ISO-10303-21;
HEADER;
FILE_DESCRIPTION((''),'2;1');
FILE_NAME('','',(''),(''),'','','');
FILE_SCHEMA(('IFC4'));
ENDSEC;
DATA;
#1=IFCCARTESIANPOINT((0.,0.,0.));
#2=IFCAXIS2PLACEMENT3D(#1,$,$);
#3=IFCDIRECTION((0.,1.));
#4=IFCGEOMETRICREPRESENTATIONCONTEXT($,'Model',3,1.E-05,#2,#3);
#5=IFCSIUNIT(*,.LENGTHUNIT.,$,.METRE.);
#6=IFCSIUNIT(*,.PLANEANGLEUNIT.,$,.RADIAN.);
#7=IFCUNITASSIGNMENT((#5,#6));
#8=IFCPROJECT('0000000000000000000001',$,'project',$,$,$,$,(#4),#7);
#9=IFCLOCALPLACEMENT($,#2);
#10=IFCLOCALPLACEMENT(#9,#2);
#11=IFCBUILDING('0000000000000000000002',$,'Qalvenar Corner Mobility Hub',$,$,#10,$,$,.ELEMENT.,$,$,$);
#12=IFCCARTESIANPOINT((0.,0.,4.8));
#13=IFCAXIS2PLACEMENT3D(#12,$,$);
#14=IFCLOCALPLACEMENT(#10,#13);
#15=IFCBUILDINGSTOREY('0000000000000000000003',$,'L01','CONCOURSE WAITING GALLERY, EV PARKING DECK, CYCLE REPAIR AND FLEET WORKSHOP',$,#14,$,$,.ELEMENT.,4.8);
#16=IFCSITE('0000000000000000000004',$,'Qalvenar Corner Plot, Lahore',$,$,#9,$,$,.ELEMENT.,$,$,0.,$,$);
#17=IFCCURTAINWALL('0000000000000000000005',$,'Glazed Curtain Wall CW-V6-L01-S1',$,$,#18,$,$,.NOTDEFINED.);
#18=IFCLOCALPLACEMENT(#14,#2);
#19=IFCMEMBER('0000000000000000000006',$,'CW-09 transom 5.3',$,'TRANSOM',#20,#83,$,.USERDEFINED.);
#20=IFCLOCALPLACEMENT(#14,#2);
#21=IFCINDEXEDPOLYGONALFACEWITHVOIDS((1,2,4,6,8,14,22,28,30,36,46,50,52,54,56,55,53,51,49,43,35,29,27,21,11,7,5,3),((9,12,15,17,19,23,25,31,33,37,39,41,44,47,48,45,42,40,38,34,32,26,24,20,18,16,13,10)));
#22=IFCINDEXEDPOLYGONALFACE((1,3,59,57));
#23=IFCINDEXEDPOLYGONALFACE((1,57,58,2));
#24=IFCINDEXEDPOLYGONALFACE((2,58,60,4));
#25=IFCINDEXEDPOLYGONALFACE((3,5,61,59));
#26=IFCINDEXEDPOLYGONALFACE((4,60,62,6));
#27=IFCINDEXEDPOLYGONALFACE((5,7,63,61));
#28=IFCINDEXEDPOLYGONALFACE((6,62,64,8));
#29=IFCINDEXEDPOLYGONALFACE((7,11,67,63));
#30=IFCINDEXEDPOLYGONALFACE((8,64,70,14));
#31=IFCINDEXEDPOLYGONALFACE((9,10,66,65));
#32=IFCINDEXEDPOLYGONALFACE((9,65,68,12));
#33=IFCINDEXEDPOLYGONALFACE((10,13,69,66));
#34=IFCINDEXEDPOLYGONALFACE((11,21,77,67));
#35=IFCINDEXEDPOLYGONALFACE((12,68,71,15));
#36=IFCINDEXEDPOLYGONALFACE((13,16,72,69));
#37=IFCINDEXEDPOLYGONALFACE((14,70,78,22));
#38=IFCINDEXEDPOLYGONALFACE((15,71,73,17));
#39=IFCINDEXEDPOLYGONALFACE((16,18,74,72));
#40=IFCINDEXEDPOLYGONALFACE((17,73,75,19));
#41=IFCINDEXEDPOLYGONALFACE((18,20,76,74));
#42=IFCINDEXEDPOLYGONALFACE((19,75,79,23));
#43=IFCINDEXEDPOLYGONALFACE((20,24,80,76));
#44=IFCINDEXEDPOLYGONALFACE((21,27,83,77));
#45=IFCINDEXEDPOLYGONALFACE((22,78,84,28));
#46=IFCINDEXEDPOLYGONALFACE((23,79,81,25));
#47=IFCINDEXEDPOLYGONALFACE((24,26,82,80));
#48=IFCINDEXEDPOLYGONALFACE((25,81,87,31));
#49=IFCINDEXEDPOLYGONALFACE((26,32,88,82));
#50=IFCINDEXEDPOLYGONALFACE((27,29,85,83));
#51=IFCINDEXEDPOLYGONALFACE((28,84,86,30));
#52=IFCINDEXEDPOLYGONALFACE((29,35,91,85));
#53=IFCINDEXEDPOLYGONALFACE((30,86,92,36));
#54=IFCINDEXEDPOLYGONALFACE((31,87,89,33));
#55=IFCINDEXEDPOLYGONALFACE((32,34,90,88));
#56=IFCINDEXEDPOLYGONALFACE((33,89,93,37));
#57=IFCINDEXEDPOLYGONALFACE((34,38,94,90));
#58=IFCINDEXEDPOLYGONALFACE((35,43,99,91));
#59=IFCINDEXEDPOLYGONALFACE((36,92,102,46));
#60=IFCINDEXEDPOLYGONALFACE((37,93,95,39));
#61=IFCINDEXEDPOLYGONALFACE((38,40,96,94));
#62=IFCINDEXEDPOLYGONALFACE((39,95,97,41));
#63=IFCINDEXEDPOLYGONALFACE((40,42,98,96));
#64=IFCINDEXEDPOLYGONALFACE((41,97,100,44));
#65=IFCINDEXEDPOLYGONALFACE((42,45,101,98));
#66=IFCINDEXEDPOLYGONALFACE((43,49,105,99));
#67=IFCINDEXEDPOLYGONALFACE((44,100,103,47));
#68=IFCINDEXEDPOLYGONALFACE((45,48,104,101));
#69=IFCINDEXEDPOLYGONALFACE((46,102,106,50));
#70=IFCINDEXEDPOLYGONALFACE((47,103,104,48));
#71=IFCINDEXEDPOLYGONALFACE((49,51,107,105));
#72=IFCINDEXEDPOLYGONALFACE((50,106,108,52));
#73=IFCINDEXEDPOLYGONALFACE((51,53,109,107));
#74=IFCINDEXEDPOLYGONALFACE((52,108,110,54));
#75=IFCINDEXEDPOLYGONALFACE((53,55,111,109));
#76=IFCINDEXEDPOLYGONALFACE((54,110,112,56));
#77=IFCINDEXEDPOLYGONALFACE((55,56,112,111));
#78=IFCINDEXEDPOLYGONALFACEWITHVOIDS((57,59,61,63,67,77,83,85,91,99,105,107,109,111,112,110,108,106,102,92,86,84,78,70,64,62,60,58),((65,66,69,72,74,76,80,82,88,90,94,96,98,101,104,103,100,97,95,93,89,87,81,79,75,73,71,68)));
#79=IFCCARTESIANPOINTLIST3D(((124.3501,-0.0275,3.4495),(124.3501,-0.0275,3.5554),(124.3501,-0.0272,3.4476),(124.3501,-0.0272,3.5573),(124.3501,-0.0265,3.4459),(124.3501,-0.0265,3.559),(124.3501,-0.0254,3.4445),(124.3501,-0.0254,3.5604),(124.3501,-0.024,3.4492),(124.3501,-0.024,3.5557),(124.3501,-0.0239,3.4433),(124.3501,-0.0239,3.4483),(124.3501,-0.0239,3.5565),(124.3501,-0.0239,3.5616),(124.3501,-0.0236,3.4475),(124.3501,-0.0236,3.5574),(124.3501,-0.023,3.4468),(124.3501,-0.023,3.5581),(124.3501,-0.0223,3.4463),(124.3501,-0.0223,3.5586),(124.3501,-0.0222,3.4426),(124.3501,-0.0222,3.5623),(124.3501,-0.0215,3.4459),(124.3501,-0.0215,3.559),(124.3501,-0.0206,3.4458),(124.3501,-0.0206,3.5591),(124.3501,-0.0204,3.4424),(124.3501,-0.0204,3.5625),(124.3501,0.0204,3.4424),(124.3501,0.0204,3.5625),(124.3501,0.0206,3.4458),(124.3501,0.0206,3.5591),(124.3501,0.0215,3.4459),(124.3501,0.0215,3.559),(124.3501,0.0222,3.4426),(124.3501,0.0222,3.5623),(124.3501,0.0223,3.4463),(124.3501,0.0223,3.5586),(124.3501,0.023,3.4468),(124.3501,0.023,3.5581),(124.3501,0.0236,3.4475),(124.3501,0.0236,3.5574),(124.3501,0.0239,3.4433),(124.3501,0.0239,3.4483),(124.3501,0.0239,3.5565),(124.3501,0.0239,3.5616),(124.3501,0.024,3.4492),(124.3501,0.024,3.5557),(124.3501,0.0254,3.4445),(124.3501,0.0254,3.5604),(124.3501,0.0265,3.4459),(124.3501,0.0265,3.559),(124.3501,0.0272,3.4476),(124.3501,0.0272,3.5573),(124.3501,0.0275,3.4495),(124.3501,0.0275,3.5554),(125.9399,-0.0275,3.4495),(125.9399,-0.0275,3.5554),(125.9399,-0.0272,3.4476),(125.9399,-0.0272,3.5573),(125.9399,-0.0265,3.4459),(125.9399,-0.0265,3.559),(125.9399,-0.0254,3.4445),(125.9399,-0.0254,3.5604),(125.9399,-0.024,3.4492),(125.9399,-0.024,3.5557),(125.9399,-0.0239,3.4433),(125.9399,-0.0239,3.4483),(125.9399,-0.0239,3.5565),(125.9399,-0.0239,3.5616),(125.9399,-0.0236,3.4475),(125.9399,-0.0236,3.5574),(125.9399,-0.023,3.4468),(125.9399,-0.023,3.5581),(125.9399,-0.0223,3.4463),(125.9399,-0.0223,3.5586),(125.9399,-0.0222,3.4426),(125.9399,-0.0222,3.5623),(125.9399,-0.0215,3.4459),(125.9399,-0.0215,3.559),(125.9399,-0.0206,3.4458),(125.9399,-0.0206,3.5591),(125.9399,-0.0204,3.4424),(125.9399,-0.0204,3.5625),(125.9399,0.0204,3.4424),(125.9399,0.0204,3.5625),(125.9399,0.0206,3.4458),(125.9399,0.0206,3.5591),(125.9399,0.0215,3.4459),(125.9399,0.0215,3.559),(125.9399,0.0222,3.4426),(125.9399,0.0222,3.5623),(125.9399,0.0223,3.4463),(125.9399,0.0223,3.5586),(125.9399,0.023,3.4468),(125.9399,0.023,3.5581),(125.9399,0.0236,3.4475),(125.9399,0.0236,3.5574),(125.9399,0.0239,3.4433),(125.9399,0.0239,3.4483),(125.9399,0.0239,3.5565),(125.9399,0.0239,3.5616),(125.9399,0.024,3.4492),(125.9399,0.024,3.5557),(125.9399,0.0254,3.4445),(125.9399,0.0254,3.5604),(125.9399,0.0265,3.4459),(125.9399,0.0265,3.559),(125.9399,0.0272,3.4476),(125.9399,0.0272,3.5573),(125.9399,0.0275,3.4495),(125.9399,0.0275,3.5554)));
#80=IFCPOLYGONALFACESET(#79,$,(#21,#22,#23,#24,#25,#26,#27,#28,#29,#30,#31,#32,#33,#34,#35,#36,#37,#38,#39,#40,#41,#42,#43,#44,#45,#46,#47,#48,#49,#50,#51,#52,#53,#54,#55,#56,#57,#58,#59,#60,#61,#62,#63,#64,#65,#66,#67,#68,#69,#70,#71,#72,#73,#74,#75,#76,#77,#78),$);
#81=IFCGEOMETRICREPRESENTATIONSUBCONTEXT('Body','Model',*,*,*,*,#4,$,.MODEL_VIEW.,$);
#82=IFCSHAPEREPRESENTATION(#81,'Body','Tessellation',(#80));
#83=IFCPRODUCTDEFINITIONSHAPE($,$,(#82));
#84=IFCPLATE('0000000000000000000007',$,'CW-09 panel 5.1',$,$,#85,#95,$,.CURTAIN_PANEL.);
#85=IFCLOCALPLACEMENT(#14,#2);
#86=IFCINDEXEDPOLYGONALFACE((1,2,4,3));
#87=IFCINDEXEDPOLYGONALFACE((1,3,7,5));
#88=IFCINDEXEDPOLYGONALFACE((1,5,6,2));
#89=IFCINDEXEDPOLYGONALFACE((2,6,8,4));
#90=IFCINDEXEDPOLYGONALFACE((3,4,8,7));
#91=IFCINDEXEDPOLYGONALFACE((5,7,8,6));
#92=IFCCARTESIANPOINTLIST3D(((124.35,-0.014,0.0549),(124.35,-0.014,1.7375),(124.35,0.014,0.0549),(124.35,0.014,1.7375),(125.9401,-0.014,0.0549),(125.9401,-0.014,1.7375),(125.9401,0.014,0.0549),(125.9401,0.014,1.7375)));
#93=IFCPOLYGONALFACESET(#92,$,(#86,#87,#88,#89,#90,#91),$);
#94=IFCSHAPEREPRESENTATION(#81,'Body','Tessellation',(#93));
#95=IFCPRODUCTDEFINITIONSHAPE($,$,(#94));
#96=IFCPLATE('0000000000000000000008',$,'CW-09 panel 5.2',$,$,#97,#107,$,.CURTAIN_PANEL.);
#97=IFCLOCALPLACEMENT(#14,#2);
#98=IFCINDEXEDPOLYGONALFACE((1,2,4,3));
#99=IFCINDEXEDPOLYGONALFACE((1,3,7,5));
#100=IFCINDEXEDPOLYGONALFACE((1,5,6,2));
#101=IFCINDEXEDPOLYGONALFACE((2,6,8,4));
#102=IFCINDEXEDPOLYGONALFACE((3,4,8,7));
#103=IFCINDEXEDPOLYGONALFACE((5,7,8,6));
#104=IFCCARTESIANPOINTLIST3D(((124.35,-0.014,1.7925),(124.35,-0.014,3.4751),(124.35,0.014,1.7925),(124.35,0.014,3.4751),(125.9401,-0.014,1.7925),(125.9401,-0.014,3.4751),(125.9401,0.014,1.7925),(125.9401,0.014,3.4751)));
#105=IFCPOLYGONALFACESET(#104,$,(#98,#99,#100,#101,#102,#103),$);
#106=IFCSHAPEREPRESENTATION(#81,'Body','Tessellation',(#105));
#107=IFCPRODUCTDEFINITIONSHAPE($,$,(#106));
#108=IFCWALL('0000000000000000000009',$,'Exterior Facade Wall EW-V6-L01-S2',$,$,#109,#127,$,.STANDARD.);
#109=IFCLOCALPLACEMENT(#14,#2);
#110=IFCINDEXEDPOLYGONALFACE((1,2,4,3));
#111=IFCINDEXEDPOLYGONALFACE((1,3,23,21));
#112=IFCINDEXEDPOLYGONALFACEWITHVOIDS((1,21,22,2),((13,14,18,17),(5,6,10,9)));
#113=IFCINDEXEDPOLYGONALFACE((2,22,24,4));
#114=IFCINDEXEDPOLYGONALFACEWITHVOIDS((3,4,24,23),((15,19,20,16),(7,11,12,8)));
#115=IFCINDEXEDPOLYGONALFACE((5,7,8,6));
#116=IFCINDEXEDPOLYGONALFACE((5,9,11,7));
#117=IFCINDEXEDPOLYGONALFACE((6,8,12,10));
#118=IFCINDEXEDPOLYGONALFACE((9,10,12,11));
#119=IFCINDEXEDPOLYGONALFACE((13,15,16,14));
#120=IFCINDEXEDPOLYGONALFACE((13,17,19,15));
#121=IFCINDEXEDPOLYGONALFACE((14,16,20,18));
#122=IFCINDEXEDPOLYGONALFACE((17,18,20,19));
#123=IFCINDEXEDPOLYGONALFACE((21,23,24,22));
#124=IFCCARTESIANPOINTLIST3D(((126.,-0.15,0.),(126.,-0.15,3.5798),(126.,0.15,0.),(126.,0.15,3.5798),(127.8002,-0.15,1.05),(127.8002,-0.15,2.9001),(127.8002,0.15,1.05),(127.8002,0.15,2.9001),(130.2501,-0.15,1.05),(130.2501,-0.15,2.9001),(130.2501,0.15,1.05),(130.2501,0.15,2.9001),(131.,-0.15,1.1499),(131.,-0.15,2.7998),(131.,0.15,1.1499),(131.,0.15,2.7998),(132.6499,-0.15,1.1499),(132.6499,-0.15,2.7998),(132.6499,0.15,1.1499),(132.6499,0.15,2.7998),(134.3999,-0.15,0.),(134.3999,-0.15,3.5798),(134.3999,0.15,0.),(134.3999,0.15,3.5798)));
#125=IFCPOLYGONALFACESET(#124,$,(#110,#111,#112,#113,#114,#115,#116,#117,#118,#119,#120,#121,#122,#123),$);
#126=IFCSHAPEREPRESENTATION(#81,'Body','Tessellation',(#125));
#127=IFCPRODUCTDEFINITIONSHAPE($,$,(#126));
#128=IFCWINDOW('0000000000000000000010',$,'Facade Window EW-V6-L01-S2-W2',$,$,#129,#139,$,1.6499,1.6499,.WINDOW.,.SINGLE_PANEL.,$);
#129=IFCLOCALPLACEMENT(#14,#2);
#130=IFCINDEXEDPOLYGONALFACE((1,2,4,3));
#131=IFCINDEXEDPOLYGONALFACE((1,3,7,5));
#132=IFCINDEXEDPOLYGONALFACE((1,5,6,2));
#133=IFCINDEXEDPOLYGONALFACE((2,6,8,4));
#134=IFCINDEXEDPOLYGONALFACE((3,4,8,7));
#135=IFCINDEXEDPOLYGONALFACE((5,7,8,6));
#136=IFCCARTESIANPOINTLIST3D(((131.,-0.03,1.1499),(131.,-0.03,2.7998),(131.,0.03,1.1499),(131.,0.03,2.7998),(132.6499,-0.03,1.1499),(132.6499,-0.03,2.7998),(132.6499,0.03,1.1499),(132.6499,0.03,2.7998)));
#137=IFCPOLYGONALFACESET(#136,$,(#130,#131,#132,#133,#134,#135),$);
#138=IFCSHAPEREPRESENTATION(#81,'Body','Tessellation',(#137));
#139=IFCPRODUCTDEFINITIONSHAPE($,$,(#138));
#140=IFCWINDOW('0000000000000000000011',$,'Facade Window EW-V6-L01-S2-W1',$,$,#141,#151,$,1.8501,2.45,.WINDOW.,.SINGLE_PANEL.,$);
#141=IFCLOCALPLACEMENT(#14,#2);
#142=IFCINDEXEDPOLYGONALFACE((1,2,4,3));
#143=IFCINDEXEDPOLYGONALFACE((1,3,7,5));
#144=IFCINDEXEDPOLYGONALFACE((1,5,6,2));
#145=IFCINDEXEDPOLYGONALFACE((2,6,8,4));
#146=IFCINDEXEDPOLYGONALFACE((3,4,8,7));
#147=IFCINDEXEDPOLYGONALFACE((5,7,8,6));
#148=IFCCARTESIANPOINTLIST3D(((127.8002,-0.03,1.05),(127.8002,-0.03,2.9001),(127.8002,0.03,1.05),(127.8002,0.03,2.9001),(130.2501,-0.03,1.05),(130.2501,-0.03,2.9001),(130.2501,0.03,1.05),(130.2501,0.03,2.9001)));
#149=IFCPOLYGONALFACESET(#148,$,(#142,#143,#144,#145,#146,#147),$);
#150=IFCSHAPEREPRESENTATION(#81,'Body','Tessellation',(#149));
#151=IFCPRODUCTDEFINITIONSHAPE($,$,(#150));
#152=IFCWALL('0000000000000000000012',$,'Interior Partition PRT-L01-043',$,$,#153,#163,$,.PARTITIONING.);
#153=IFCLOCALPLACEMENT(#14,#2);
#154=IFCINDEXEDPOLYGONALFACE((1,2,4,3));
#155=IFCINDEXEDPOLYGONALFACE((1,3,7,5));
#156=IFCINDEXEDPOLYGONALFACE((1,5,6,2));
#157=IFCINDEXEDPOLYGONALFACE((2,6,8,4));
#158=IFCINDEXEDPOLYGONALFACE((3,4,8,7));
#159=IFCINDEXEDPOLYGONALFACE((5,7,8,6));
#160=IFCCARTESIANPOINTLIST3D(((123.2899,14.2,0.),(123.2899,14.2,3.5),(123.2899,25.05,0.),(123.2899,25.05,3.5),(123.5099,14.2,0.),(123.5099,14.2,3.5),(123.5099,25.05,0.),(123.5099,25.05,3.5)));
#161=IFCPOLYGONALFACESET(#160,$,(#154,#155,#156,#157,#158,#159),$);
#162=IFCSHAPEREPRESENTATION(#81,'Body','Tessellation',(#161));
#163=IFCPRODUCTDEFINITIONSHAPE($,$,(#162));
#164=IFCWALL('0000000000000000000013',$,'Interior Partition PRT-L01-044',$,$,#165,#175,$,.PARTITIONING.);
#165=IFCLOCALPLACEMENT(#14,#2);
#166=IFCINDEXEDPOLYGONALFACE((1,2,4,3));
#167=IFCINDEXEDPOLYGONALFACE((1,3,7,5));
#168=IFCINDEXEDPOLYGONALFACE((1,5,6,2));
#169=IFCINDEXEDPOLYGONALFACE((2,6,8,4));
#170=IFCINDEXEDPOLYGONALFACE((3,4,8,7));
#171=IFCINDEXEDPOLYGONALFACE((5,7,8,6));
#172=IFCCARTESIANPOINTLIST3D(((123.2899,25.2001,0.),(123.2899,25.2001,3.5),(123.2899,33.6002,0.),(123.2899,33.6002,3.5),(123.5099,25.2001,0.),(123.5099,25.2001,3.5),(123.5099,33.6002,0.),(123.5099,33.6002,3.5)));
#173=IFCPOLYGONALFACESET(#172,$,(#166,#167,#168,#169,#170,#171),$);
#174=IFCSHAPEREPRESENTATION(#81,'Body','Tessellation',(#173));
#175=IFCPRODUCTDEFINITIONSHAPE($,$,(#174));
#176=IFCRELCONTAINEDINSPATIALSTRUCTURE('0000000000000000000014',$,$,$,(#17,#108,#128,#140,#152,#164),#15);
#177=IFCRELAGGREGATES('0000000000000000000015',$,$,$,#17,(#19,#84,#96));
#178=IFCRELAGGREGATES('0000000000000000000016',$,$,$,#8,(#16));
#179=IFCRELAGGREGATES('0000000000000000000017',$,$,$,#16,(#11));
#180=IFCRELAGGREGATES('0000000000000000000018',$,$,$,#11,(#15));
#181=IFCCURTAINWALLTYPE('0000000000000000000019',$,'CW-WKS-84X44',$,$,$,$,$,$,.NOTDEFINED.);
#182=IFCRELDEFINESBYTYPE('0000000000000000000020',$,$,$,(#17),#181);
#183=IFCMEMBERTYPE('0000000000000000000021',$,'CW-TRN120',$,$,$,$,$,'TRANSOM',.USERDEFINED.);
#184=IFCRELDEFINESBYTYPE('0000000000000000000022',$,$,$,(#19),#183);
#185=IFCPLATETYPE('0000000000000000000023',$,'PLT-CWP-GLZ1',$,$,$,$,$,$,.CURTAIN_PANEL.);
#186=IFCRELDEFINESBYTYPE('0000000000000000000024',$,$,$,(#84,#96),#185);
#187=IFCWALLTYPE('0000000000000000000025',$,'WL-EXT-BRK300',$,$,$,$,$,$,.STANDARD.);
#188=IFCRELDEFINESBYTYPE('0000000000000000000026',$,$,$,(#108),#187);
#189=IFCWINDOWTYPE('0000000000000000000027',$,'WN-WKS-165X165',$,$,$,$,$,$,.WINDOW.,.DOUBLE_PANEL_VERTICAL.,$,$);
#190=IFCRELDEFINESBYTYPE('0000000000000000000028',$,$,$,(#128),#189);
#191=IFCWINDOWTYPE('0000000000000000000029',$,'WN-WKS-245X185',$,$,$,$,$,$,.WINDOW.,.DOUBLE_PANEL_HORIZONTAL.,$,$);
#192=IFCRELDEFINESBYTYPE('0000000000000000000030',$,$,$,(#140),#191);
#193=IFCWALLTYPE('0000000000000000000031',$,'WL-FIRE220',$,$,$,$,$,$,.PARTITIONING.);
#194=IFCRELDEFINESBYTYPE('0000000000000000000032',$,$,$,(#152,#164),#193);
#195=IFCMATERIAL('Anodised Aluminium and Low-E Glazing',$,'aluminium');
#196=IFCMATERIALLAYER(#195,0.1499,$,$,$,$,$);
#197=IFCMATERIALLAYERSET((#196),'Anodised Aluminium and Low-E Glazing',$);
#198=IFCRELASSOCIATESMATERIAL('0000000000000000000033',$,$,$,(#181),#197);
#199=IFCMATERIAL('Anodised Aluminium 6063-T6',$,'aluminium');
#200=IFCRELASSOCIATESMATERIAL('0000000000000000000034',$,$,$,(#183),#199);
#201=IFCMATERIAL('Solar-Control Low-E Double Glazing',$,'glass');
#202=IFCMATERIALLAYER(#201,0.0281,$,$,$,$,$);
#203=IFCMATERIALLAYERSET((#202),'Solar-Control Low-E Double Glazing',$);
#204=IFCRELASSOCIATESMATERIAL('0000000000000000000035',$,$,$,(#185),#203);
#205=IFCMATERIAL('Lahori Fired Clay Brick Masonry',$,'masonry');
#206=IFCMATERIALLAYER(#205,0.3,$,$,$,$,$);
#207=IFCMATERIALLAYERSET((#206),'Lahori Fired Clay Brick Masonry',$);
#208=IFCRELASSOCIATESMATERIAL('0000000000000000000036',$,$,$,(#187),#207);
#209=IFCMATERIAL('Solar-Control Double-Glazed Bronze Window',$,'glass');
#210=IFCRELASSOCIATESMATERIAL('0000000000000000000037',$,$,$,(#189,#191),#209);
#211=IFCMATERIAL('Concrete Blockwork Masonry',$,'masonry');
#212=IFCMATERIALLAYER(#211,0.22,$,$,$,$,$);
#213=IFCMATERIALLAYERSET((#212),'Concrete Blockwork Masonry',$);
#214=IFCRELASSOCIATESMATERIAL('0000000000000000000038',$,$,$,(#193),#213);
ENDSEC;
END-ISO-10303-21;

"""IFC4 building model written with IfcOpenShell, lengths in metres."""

from ifc_helpers import new_model, si_unit, direction, frame, frame_2d, origin, origin_2d, place, context, subcontext, project, spatial, rectangle, hollow_rectangle, extrude, material, layer, layer_set, material_profile, profile_set, type_object, element, fill, aggregate, save


model = new_model("IFC4")

# Units and contexts
model_context = context("Model", 3, precision=1e-05, world=origin(), true_north=direction((0.0, 1.0)))
body_context = subcontext(model_context, "Body", "Model", "MODEL_VIEW")
ifc_project = project(units=[si_unit("LENGTHUNIT", "METRE"), si_unit("PLANEANGLEUNIT", "RADIAN")], contexts=[model_context])

# Site, building, storey
site_placement = place(None, origin())
site = spatial("IfcSite", under=ifc_project, at=site_placement, Name="Qalvenar Corner Plot, Lahore", CompositionType="ELEMENT", RefElevation=0.0)
building_placement = place(site_placement, origin())
building = spatial("IfcBuilding", under=site, at=building_placement, Name="Qalvenar Corner Mobility Hub", CompositionType="ELEMENT")
storey_placement = place(building_placement, frame((0.0, 0.0, 4.8)))
storey = spatial("IfcBuildingStorey", under=building, at=storey_placement, Name="L01", Description="CONCOURSE WAITING GALLERY, EV PARKING DECK, CYCLE REPAIR AND FLEET WORKSHOP", CompositionType="ELEMENT", Elevation=4.8)

# Curtain wall, member, plates
ifc_material_1 = material(Name="Anodised Aluminium and Low-E Glazing", Category="aluminium")
ifc_layer_1 = layer(ifc_material_1, 0.1499)
ifc_layer_set_1 = layer_set([ifc_layer_1], Name="Anodised Aluminium and Low-E Glazing")
curtain_wall_type = type_object("IfcCurtainWallType", Name="CW-WKS-84X44", PredefinedType="NOTDEFINED", material=ifc_layer_set_1)
curtain_wall_placement = place(storey_placement, origin())
curtain_wall = element("IfcCurtainWall", 1, at=curtain_wall_placement, inside=storey, type_object=curtain_wall_type, Name="Glazed Curtain Wall CW-V6-L01-S1", PredefinedType="NOTDEFINED")
ifc_material_2 = material(Name="Anodised Aluminium 6063-T6", Category="aluminium")
ifc_material_profile_1 = material_profile(ifc_material_2, hollow_rectangle(XDim=0.0549, YDim=0.1201, WallThickness=0.0034, InnerFilletRadius=0.0034, OuterFilletRadius=0.0071, at=origin_2d()), Name="RHS120x55x3.5")
ifc_profile_set_1 = profile_set([ifc_material_profile_1], Name="Anodised Aluminium 6063-T6")
member_type_1 = type_object("IfcMemberType", Name="CW-TRN120", ElementType="TRANSOM", PredefinedType="USERDEFINED", material=ifc_profile_set_1)
member_1_placement = place(storey_placement, frame((124.3501, 0.0, 3.5024), z_axis=(1.0, 0.0, 0.0), x_axis=(0.0, 1.0, 0.0)))
member_1 = element("IfcMember", 2, at=member_1_placement, type_object=member_type_1, Name="CW-09 transom 5.3", ObjectType="TRANSOM", PredefinedType="USERDEFINED", context=body_context, shape_type="SweptSolid", body=[
    extrude(hollow_rectangle(XDim=0.0549, YDim=0.1201, WallThickness=0.0034, InnerFilletRadius=0.0034, OuterFilletRadius=0.0071, at=origin_2d()), origin(), (0.0, 0.0, 1.0), 1.5898),
])
ifc_material_3 = material(Name="Solar-Control Low-E Double Glazing", Category="glass")
ifc_layer_2 = layer(ifc_material_3, 0.0281)
ifc_layer_set_2 = layer_set([ifc_layer_2], Name="Solar-Control Low-E Double Glazing")
plate_type = type_object("IfcPlateType", Name="PLT-CWP-GLZ1", PredefinedType="CURTAIN_PANEL", material=ifc_layer_set_2)
plate_1_placement = place(storey_placement, frame((125.145, 0.0, 0.0549), z_axis=(0.0, 0.0, 1.0), x_axis=(1.0, 0.0, 0.0)))
plate_1 = element("IfcPlate", 3, at=plate_1_placement, type_object=plate_type, Name="CW-09 panel 5.1", PredefinedType="CURTAIN_PANEL", context=body_context, shape_type="SweptSolid", body=[
    extrude(rectangle(XDim=1.5901, YDim=0.0281, at=origin_2d()), origin(), (0.0, 0.0, 1.0), 1.6826),
])
plate_2_placement = place(storey_placement, frame((125.145, 0.0, 1.7925), z_axis=(0.0, 0.0, 1.0), x_axis=(1.0, 0.0, 0.0)))
plate_2 = element("IfcPlate", 4, at=plate_2_placement, type_object=plate_type, Name="CW-09 panel 5.2", PredefinedType="CURTAIN_PANEL", context=body_context, shape_type="SweptSolid", body=[
    extrude(rectangle(XDim=1.5901, YDim=0.0281, at=origin_2d()), origin(), (0.0, 0.0, 1.0), 1.6826),
])
aggregate(curtain_wall, [member_1, plate_1, plate_2])

# Wall, openings, windows
ifc_material_4 = material(Name="Lahori Fired Clay Brick Masonry", Category="masonry")
ifc_layer_3 = layer(ifc_material_4, 0.3)
ifc_layer_set_3 = layer_set([ifc_layer_3], Name="Lahori Fired Clay Brick Masonry")
wall_type_1 = type_object("IfcWallType", Name="WL-EXT-BRK300", PredefinedType="STANDARD", material=ifc_layer_set_3)
wall_1_placement = place(storey_placement, frame((126.0, 0.0, 0.0), z_axis=(0.0, 0.0, 1.0), x_axis=(1.0, 0.0, 0.0)))
wall_1 = element("IfcWall", 5, at=wall_1_placement, inside=storey, type_object=wall_type_1, Name="Exterior Facade Wall EW-V6-L01-S2", PredefinedType="STANDARD", context=body_context, shape_type="SweptSolid", body=[
    extrude(rectangle(XDim=8.3999, YDim=0.3, at=frame_2d((4.2, 0.0))), origin(), (0.0, 0.0, 1.0), 3.5798),
])
opening_1_placement = place(wall_1_placement, frame((1.8, 0.0, 1.05)))
opening_1 = element("IfcOpeningElement", 6, at=opening_1_placement, cuts=wall_1, PredefinedType="OPENING", context=body_context, shape_type="SweptSolid", body=[
    extrude(rectangle(XDim=2.45, YDim=1.8501, at=frame_2d((1.2251, 0.925))), frame((0.0, 0.1602, 0.0), z_axis=(0.0, -1.0, 0.0), x_axis=(1.0, 0.0, 0.0)), (0.0, 0.0, 1.0), 0.3201),
])
opening_2_placement = place(wall_1_placement, frame((5.0, 0.0, 1.1499)))
opening_2 = element("IfcOpeningElement", 7, at=opening_2_placement, cuts=wall_1, PredefinedType="OPENING", context=body_context, shape_type="SweptSolid", body=[
    extrude(rectangle(XDim=1.6499, YDim=1.6499, at=frame_2d((0.825, 0.825))), frame((0.0, 0.1602, 0.0), z_axis=(0.0, -1.0, 0.0), x_axis=(1.0, 0.0, 0.0)), (0.0, 0.0, 1.0), 0.3201),
])
ifc_material_5 = material(Name="Solar-Control Double-Glazed Bronze Window", Category="glass")
window_type_1 = type_object("IfcWindowType", Name="WN-WKS-165X165", PartitioningType="DOUBLE_PANEL_VERTICAL", PredefinedType="WINDOW", material=ifc_material_5)
window_1_placement = place(opening_2_placement, origin())
window_1 = element("IfcWindow", 8, at=window_1_placement, inside=storey, type_object=window_type_1, Name="Facade Window EW-V6-L01-S2-W2", OverallHeight=1.6499, OverallWidth=1.6499, PartitioningType="SINGLE_PANEL", PredefinedType="WINDOW", context=body_context, shape_type="SweptSolid", body=[
    extrude(rectangle(XDim=1.6499, YDim=1.6499, at=frame_2d((0.825, 0.825))), frame((0.0, 0.03, 0.0), z_axis=(0.0, -1.0, 0.0), x_axis=(1.0, 0.0, 0.0)), (0.0, 0.0, 1.0), 0.0601),
])
fill(opening_2, window_1)
window_type_2 = type_object("IfcWindowType", Name="WN-WKS-245X185", PartitioningType="DOUBLE_PANEL_HORIZONTAL", PredefinedType="WINDOW", material=ifc_material_5)
window_2_placement = place(opening_1_placement, origin())
window_2 = element("IfcWindow", 9, at=window_2_placement, inside=storey, type_object=window_type_2, Name="Facade Window EW-V6-L01-S2-W1", OverallHeight=1.8501, OverallWidth=2.45, PartitioningType="SINGLE_PANEL", PredefinedType="WINDOW", context=body_context, shape_type="SweptSolid", body=[
    extrude(rectangle(XDim=2.45, YDim=1.8501, at=frame_2d((1.2251, 0.925))), frame((0.0, 0.03, 0.0), z_axis=(0.0, -1.0, 0.0), x_axis=(1.0, 0.0, 0.0)), (0.0, 0.0, 1.0), 0.0601),
])
fill(opening_1, window_2)

# Walls
ifc_material_6 = material(Name="Concrete Blockwork Masonry", Category="masonry")
ifc_layer_4 = layer(ifc_material_6, 0.22)
ifc_layer_set_4 = layer_set([ifc_layer_4], Name="Concrete Blockwork Masonry")
wall_type_2 = type_object("IfcWallType", Name="WL-FIRE220", PredefinedType="PARTITIONING", material=ifc_layer_set_4)
wall_2_placement = place(storey_placement, frame((123.3999, 14.2, 0.0), z_axis=(0.0, 0.0, 1.0), x_axis=(0.0, 1.0, 0.0)))
element("IfcWall", 10, at=wall_2_placement, inside=storey, type_object=wall_type_2, Name="Interior Partition PRT-L01-043", PredefinedType="PARTITIONING", context=body_context, shape_type="SweptSolid", body=[
    extrude(rectangle(XDim=10.8501, YDim=0.22, at=frame_2d((5.425, 0.0))), origin(), (0.0, 0.0, 1.0), 3.5),
])
wall_3_placement = place(storey_placement, frame((123.3999, 25.2, 0.0), z_axis=(0.0, 0.0, 1.0), x_axis=(0.0, 1.0, 0.0)))
element("IfcWall", 11, at=wall_3_placement, inside=storey, type_object=wall_type_2, Name="Interior Partition PRT-L01-044", PredefinedType="PARTITIONING", context=body_context, shape_type="SweptSolid", body=[
    extrude(rectangle(XDim=8.4001, YDim=0.22, at=frame_2d((4.2002, 0.0))), origin(), (0.0, 0.0, 1.0), 3.5),
])

save(model, "model.ifc")
